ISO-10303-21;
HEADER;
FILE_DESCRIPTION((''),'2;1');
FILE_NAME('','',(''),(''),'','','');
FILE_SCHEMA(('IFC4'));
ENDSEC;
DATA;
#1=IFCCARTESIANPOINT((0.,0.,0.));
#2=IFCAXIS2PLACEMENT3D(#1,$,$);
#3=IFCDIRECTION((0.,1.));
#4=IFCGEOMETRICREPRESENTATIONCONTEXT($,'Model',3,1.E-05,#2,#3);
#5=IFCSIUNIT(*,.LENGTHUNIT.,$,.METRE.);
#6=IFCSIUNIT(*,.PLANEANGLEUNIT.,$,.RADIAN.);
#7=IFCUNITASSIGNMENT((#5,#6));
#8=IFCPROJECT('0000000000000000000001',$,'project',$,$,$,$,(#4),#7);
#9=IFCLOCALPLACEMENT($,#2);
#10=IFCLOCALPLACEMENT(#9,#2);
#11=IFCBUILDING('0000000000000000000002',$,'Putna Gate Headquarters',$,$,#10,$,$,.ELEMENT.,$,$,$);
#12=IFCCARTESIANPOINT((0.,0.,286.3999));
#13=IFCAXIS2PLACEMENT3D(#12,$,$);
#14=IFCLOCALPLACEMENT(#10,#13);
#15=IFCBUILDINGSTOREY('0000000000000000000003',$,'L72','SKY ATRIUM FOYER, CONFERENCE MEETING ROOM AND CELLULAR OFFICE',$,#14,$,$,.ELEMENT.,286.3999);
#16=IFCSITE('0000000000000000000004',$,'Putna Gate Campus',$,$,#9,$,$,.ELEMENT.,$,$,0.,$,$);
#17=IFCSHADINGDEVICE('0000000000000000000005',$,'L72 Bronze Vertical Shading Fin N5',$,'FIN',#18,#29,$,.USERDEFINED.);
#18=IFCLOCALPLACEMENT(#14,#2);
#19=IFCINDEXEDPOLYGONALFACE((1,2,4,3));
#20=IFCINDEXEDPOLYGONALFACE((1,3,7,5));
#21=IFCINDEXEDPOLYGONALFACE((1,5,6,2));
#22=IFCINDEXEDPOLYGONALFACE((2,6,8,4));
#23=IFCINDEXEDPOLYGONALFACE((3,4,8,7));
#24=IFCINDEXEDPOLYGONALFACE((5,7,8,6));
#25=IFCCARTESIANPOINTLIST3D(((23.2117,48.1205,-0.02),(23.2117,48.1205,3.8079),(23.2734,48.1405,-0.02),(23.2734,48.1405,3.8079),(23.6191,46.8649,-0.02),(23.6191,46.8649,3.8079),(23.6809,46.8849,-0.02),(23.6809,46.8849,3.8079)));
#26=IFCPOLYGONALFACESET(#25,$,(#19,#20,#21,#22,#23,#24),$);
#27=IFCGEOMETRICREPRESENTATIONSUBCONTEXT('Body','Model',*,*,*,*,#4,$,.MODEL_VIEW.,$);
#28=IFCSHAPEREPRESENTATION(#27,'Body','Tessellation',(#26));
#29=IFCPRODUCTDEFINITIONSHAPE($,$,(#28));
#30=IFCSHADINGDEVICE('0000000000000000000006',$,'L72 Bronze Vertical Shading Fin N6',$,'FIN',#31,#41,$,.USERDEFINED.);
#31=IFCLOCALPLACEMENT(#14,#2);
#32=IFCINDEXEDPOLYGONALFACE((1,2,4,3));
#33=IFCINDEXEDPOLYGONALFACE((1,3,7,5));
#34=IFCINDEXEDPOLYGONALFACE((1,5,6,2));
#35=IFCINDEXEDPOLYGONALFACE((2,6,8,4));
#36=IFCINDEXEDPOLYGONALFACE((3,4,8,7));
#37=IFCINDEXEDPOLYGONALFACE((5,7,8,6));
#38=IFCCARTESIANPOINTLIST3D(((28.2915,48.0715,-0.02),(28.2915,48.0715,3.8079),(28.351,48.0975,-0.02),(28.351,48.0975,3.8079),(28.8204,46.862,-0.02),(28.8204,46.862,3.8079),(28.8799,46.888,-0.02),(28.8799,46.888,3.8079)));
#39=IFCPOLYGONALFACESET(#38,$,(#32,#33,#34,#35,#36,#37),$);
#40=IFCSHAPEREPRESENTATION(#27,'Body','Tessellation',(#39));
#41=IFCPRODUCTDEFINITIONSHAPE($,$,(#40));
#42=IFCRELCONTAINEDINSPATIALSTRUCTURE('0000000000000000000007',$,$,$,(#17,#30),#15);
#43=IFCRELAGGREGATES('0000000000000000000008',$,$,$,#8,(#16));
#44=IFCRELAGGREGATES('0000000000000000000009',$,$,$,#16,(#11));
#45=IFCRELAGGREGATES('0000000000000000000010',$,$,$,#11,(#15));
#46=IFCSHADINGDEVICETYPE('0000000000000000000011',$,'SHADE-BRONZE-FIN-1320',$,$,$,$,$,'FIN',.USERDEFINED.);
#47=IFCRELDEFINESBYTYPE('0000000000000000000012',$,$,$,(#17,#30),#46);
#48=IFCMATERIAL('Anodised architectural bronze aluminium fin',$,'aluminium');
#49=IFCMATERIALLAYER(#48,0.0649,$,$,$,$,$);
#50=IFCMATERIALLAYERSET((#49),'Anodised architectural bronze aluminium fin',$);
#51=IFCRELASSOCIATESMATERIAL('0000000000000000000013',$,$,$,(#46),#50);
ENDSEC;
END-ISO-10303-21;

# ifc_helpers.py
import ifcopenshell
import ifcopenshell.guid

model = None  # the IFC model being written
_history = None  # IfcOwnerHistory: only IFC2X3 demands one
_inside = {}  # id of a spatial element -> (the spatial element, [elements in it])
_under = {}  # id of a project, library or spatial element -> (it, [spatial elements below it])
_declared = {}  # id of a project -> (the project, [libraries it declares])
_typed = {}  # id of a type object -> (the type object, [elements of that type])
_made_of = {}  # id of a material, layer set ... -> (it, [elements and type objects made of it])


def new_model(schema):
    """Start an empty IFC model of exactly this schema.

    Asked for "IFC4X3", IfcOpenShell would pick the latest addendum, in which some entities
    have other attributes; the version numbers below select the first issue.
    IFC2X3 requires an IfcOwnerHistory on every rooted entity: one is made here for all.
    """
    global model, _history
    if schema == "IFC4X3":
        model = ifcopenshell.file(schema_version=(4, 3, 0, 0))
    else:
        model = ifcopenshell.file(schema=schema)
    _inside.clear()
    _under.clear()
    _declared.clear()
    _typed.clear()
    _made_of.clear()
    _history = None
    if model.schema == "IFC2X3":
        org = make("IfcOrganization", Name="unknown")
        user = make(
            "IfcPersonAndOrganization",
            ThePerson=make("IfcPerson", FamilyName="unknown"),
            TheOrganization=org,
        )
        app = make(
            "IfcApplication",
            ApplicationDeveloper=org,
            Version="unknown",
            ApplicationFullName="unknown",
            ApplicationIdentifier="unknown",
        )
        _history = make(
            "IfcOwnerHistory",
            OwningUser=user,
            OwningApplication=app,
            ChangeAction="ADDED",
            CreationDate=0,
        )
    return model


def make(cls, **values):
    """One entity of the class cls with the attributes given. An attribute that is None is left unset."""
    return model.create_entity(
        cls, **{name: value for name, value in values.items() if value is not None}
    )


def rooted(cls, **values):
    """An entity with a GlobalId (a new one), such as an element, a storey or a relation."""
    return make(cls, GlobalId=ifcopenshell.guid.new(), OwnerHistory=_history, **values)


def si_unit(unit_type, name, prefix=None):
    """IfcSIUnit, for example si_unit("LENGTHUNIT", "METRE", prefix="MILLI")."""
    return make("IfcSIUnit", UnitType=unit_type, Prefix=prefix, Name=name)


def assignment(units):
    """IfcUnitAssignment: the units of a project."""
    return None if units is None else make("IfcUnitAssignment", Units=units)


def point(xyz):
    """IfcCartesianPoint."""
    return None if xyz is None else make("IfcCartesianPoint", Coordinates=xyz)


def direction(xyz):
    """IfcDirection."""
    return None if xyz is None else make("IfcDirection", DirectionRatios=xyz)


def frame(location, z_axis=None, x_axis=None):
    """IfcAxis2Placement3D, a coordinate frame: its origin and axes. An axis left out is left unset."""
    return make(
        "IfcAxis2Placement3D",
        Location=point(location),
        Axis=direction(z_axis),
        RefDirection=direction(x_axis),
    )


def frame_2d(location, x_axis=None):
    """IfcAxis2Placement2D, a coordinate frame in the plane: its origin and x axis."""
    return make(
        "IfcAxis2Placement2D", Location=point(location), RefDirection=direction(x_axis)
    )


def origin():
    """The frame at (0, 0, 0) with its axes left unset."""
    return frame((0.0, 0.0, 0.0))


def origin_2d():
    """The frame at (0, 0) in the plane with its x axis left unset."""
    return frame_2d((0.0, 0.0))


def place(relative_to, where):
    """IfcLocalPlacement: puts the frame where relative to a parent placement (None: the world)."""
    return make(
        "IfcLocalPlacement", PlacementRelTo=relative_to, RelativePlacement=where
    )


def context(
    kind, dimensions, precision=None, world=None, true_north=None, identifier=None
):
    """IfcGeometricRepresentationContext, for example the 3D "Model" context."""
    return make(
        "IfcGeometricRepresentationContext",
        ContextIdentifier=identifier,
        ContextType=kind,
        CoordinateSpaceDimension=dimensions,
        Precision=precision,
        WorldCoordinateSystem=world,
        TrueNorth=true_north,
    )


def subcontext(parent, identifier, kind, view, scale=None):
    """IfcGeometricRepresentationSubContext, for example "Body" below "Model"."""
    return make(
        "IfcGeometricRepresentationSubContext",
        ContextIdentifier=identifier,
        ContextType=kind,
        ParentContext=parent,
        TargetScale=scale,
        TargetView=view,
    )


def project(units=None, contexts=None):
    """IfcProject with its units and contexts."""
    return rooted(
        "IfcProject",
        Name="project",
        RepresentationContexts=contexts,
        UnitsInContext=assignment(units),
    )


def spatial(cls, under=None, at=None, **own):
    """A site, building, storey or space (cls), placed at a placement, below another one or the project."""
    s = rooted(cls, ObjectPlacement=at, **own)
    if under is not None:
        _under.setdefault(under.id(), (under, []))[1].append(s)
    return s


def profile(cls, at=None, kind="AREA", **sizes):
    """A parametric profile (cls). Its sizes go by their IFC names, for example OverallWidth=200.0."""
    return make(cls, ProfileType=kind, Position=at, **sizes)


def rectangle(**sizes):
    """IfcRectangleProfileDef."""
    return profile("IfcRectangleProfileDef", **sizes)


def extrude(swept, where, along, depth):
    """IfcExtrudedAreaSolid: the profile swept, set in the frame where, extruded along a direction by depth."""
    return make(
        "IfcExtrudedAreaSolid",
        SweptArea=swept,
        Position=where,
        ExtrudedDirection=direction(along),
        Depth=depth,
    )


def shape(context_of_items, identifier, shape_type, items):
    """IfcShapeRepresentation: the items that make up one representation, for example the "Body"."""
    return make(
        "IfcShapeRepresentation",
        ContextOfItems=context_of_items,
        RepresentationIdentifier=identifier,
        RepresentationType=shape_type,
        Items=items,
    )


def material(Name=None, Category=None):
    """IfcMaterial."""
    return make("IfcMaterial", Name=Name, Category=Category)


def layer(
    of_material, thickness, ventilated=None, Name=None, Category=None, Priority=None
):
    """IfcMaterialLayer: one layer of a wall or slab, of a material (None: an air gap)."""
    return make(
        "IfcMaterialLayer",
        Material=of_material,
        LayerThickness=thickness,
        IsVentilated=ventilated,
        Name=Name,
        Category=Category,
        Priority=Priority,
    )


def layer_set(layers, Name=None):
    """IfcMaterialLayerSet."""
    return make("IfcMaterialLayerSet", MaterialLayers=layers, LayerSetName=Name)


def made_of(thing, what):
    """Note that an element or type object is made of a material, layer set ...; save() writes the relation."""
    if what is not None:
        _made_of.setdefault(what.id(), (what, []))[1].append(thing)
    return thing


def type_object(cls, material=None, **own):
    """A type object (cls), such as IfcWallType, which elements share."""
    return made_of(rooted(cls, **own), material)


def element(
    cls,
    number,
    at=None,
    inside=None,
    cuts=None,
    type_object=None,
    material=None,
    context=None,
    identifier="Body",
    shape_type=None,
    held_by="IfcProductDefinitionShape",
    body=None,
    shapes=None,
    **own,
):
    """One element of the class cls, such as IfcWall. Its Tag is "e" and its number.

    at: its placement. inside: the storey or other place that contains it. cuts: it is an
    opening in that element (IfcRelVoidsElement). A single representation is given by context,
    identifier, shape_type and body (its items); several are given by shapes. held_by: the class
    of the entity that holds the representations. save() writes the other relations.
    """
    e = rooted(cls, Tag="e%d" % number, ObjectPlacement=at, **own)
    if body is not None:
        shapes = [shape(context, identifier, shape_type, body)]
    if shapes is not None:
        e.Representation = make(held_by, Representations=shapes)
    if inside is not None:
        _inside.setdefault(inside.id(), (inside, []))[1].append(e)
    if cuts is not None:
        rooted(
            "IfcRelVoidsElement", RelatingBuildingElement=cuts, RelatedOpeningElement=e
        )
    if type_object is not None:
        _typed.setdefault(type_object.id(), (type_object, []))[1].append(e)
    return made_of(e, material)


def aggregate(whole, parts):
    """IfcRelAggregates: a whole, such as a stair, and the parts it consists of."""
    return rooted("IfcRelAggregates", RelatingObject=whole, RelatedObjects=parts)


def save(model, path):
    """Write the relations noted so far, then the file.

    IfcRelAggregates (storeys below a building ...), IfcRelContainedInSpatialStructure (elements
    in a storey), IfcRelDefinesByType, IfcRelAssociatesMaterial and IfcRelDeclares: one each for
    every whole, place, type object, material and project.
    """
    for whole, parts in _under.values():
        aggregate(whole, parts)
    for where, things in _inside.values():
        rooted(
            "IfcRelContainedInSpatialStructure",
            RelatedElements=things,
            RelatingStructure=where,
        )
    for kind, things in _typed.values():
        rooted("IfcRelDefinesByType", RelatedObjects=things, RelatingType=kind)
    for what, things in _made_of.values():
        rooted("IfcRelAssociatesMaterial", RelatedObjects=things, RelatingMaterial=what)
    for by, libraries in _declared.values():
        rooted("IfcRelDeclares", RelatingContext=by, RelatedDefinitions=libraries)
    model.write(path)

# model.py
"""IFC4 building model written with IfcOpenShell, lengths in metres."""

from ifc_helpers import new_model, si_unit, direction, frame, origin, origin_2d, place, context, subcontext, project, spatial, rectangle, extrude, material, layer, layer_set, type_object, element, save


model = new_model("IFC4")

# Units and contexts
model_context = context("Model", 3, precision=1e-05, world=origin(), true_north=direction((0.0, 1.0)))
body_context = subcontext(model_context, "Body", "Model", "MODEL_VIEW")
ifc_project = project(units=[si_unit("LENGTHUNIT", "METRE"), si_unit("PLANEANGLEUNIT", "RADIAN")], contexts=[model_context])

# Site, building, storey
site_placement = place(None, origin())
site = spatial("IfcSite", under=ifc_project, at=site_placement, Name="Putna Gate Campus", CompositionType="ELEMENT", RefElevation=0.0)
building_placement = place(site_placement, origin())
building = spatial("IfcBuilding", under=site, at=building_placement, Name="Putna Gate Headquarters", CompositionType="ELEMENT")
storey_placement = place(building_placement, frame((0.0, 0.0, 286.3999)))
storey = spatial("IfcBuildingStorey", under=building, at=storey_placement, Name="L72", Description="SKY ATRIUM FOYER, CONFERENCE MEETING ROOM AND CELLULAR OFFICE", CompositionType="ELEMENT", Elevation=286.3999)

# Shading devices
ifc_material_1 = material(Name="Anodised architectural bronze aluminium fin", Category="aluminium")
ifc_layer_1 = layer(ifc_material_1, 0.0649)
ifc_layer_set_1 = layer_set([ifc_layer_1], Name="Anodised architectural bronze aluminium fin")
shading_device_type = type_object("IfcShadingDeviceType", Name="SHADE-BRONZE-FIN-1320", ElementType="FIN", PredefinedType="USERDEFINED", material=ifc_layer_set_1)
for number, where, z_axis, x_axis, name in (
    (1, (23.4463, 47.5027, -0.02), (0.0, 0.0, 1.0), (-0.308685, 0.951164, 0.0), "L72 Bronze Vertical Shading Fin N5"),
    (2, (28.5857, 47.4797, -0.02), (0.0, 0.0, 1.0), (-0.400669, 0.916223, 0.0), "L72 Bronze Vertical Shading Fin N6"),
):
    element("IfcShadingDevice", number, at=place(storey_placement, frame(where, z_axis=z_axis, x_axis=x_axis)), inside=storey, type_object=shading_device_type, Name=name, ObjectType="FIN", PredefinedType="USERDEFINED", context=body_context, shape_type="SweptSolid", body=[
        extrude(rectangle(XDim=1.3201, YDim=0.0649, at=origin_2d()), origin(), (0.0, 0.0, 1.0), 3.8279),
    ])

save(model, "model.ifc")
